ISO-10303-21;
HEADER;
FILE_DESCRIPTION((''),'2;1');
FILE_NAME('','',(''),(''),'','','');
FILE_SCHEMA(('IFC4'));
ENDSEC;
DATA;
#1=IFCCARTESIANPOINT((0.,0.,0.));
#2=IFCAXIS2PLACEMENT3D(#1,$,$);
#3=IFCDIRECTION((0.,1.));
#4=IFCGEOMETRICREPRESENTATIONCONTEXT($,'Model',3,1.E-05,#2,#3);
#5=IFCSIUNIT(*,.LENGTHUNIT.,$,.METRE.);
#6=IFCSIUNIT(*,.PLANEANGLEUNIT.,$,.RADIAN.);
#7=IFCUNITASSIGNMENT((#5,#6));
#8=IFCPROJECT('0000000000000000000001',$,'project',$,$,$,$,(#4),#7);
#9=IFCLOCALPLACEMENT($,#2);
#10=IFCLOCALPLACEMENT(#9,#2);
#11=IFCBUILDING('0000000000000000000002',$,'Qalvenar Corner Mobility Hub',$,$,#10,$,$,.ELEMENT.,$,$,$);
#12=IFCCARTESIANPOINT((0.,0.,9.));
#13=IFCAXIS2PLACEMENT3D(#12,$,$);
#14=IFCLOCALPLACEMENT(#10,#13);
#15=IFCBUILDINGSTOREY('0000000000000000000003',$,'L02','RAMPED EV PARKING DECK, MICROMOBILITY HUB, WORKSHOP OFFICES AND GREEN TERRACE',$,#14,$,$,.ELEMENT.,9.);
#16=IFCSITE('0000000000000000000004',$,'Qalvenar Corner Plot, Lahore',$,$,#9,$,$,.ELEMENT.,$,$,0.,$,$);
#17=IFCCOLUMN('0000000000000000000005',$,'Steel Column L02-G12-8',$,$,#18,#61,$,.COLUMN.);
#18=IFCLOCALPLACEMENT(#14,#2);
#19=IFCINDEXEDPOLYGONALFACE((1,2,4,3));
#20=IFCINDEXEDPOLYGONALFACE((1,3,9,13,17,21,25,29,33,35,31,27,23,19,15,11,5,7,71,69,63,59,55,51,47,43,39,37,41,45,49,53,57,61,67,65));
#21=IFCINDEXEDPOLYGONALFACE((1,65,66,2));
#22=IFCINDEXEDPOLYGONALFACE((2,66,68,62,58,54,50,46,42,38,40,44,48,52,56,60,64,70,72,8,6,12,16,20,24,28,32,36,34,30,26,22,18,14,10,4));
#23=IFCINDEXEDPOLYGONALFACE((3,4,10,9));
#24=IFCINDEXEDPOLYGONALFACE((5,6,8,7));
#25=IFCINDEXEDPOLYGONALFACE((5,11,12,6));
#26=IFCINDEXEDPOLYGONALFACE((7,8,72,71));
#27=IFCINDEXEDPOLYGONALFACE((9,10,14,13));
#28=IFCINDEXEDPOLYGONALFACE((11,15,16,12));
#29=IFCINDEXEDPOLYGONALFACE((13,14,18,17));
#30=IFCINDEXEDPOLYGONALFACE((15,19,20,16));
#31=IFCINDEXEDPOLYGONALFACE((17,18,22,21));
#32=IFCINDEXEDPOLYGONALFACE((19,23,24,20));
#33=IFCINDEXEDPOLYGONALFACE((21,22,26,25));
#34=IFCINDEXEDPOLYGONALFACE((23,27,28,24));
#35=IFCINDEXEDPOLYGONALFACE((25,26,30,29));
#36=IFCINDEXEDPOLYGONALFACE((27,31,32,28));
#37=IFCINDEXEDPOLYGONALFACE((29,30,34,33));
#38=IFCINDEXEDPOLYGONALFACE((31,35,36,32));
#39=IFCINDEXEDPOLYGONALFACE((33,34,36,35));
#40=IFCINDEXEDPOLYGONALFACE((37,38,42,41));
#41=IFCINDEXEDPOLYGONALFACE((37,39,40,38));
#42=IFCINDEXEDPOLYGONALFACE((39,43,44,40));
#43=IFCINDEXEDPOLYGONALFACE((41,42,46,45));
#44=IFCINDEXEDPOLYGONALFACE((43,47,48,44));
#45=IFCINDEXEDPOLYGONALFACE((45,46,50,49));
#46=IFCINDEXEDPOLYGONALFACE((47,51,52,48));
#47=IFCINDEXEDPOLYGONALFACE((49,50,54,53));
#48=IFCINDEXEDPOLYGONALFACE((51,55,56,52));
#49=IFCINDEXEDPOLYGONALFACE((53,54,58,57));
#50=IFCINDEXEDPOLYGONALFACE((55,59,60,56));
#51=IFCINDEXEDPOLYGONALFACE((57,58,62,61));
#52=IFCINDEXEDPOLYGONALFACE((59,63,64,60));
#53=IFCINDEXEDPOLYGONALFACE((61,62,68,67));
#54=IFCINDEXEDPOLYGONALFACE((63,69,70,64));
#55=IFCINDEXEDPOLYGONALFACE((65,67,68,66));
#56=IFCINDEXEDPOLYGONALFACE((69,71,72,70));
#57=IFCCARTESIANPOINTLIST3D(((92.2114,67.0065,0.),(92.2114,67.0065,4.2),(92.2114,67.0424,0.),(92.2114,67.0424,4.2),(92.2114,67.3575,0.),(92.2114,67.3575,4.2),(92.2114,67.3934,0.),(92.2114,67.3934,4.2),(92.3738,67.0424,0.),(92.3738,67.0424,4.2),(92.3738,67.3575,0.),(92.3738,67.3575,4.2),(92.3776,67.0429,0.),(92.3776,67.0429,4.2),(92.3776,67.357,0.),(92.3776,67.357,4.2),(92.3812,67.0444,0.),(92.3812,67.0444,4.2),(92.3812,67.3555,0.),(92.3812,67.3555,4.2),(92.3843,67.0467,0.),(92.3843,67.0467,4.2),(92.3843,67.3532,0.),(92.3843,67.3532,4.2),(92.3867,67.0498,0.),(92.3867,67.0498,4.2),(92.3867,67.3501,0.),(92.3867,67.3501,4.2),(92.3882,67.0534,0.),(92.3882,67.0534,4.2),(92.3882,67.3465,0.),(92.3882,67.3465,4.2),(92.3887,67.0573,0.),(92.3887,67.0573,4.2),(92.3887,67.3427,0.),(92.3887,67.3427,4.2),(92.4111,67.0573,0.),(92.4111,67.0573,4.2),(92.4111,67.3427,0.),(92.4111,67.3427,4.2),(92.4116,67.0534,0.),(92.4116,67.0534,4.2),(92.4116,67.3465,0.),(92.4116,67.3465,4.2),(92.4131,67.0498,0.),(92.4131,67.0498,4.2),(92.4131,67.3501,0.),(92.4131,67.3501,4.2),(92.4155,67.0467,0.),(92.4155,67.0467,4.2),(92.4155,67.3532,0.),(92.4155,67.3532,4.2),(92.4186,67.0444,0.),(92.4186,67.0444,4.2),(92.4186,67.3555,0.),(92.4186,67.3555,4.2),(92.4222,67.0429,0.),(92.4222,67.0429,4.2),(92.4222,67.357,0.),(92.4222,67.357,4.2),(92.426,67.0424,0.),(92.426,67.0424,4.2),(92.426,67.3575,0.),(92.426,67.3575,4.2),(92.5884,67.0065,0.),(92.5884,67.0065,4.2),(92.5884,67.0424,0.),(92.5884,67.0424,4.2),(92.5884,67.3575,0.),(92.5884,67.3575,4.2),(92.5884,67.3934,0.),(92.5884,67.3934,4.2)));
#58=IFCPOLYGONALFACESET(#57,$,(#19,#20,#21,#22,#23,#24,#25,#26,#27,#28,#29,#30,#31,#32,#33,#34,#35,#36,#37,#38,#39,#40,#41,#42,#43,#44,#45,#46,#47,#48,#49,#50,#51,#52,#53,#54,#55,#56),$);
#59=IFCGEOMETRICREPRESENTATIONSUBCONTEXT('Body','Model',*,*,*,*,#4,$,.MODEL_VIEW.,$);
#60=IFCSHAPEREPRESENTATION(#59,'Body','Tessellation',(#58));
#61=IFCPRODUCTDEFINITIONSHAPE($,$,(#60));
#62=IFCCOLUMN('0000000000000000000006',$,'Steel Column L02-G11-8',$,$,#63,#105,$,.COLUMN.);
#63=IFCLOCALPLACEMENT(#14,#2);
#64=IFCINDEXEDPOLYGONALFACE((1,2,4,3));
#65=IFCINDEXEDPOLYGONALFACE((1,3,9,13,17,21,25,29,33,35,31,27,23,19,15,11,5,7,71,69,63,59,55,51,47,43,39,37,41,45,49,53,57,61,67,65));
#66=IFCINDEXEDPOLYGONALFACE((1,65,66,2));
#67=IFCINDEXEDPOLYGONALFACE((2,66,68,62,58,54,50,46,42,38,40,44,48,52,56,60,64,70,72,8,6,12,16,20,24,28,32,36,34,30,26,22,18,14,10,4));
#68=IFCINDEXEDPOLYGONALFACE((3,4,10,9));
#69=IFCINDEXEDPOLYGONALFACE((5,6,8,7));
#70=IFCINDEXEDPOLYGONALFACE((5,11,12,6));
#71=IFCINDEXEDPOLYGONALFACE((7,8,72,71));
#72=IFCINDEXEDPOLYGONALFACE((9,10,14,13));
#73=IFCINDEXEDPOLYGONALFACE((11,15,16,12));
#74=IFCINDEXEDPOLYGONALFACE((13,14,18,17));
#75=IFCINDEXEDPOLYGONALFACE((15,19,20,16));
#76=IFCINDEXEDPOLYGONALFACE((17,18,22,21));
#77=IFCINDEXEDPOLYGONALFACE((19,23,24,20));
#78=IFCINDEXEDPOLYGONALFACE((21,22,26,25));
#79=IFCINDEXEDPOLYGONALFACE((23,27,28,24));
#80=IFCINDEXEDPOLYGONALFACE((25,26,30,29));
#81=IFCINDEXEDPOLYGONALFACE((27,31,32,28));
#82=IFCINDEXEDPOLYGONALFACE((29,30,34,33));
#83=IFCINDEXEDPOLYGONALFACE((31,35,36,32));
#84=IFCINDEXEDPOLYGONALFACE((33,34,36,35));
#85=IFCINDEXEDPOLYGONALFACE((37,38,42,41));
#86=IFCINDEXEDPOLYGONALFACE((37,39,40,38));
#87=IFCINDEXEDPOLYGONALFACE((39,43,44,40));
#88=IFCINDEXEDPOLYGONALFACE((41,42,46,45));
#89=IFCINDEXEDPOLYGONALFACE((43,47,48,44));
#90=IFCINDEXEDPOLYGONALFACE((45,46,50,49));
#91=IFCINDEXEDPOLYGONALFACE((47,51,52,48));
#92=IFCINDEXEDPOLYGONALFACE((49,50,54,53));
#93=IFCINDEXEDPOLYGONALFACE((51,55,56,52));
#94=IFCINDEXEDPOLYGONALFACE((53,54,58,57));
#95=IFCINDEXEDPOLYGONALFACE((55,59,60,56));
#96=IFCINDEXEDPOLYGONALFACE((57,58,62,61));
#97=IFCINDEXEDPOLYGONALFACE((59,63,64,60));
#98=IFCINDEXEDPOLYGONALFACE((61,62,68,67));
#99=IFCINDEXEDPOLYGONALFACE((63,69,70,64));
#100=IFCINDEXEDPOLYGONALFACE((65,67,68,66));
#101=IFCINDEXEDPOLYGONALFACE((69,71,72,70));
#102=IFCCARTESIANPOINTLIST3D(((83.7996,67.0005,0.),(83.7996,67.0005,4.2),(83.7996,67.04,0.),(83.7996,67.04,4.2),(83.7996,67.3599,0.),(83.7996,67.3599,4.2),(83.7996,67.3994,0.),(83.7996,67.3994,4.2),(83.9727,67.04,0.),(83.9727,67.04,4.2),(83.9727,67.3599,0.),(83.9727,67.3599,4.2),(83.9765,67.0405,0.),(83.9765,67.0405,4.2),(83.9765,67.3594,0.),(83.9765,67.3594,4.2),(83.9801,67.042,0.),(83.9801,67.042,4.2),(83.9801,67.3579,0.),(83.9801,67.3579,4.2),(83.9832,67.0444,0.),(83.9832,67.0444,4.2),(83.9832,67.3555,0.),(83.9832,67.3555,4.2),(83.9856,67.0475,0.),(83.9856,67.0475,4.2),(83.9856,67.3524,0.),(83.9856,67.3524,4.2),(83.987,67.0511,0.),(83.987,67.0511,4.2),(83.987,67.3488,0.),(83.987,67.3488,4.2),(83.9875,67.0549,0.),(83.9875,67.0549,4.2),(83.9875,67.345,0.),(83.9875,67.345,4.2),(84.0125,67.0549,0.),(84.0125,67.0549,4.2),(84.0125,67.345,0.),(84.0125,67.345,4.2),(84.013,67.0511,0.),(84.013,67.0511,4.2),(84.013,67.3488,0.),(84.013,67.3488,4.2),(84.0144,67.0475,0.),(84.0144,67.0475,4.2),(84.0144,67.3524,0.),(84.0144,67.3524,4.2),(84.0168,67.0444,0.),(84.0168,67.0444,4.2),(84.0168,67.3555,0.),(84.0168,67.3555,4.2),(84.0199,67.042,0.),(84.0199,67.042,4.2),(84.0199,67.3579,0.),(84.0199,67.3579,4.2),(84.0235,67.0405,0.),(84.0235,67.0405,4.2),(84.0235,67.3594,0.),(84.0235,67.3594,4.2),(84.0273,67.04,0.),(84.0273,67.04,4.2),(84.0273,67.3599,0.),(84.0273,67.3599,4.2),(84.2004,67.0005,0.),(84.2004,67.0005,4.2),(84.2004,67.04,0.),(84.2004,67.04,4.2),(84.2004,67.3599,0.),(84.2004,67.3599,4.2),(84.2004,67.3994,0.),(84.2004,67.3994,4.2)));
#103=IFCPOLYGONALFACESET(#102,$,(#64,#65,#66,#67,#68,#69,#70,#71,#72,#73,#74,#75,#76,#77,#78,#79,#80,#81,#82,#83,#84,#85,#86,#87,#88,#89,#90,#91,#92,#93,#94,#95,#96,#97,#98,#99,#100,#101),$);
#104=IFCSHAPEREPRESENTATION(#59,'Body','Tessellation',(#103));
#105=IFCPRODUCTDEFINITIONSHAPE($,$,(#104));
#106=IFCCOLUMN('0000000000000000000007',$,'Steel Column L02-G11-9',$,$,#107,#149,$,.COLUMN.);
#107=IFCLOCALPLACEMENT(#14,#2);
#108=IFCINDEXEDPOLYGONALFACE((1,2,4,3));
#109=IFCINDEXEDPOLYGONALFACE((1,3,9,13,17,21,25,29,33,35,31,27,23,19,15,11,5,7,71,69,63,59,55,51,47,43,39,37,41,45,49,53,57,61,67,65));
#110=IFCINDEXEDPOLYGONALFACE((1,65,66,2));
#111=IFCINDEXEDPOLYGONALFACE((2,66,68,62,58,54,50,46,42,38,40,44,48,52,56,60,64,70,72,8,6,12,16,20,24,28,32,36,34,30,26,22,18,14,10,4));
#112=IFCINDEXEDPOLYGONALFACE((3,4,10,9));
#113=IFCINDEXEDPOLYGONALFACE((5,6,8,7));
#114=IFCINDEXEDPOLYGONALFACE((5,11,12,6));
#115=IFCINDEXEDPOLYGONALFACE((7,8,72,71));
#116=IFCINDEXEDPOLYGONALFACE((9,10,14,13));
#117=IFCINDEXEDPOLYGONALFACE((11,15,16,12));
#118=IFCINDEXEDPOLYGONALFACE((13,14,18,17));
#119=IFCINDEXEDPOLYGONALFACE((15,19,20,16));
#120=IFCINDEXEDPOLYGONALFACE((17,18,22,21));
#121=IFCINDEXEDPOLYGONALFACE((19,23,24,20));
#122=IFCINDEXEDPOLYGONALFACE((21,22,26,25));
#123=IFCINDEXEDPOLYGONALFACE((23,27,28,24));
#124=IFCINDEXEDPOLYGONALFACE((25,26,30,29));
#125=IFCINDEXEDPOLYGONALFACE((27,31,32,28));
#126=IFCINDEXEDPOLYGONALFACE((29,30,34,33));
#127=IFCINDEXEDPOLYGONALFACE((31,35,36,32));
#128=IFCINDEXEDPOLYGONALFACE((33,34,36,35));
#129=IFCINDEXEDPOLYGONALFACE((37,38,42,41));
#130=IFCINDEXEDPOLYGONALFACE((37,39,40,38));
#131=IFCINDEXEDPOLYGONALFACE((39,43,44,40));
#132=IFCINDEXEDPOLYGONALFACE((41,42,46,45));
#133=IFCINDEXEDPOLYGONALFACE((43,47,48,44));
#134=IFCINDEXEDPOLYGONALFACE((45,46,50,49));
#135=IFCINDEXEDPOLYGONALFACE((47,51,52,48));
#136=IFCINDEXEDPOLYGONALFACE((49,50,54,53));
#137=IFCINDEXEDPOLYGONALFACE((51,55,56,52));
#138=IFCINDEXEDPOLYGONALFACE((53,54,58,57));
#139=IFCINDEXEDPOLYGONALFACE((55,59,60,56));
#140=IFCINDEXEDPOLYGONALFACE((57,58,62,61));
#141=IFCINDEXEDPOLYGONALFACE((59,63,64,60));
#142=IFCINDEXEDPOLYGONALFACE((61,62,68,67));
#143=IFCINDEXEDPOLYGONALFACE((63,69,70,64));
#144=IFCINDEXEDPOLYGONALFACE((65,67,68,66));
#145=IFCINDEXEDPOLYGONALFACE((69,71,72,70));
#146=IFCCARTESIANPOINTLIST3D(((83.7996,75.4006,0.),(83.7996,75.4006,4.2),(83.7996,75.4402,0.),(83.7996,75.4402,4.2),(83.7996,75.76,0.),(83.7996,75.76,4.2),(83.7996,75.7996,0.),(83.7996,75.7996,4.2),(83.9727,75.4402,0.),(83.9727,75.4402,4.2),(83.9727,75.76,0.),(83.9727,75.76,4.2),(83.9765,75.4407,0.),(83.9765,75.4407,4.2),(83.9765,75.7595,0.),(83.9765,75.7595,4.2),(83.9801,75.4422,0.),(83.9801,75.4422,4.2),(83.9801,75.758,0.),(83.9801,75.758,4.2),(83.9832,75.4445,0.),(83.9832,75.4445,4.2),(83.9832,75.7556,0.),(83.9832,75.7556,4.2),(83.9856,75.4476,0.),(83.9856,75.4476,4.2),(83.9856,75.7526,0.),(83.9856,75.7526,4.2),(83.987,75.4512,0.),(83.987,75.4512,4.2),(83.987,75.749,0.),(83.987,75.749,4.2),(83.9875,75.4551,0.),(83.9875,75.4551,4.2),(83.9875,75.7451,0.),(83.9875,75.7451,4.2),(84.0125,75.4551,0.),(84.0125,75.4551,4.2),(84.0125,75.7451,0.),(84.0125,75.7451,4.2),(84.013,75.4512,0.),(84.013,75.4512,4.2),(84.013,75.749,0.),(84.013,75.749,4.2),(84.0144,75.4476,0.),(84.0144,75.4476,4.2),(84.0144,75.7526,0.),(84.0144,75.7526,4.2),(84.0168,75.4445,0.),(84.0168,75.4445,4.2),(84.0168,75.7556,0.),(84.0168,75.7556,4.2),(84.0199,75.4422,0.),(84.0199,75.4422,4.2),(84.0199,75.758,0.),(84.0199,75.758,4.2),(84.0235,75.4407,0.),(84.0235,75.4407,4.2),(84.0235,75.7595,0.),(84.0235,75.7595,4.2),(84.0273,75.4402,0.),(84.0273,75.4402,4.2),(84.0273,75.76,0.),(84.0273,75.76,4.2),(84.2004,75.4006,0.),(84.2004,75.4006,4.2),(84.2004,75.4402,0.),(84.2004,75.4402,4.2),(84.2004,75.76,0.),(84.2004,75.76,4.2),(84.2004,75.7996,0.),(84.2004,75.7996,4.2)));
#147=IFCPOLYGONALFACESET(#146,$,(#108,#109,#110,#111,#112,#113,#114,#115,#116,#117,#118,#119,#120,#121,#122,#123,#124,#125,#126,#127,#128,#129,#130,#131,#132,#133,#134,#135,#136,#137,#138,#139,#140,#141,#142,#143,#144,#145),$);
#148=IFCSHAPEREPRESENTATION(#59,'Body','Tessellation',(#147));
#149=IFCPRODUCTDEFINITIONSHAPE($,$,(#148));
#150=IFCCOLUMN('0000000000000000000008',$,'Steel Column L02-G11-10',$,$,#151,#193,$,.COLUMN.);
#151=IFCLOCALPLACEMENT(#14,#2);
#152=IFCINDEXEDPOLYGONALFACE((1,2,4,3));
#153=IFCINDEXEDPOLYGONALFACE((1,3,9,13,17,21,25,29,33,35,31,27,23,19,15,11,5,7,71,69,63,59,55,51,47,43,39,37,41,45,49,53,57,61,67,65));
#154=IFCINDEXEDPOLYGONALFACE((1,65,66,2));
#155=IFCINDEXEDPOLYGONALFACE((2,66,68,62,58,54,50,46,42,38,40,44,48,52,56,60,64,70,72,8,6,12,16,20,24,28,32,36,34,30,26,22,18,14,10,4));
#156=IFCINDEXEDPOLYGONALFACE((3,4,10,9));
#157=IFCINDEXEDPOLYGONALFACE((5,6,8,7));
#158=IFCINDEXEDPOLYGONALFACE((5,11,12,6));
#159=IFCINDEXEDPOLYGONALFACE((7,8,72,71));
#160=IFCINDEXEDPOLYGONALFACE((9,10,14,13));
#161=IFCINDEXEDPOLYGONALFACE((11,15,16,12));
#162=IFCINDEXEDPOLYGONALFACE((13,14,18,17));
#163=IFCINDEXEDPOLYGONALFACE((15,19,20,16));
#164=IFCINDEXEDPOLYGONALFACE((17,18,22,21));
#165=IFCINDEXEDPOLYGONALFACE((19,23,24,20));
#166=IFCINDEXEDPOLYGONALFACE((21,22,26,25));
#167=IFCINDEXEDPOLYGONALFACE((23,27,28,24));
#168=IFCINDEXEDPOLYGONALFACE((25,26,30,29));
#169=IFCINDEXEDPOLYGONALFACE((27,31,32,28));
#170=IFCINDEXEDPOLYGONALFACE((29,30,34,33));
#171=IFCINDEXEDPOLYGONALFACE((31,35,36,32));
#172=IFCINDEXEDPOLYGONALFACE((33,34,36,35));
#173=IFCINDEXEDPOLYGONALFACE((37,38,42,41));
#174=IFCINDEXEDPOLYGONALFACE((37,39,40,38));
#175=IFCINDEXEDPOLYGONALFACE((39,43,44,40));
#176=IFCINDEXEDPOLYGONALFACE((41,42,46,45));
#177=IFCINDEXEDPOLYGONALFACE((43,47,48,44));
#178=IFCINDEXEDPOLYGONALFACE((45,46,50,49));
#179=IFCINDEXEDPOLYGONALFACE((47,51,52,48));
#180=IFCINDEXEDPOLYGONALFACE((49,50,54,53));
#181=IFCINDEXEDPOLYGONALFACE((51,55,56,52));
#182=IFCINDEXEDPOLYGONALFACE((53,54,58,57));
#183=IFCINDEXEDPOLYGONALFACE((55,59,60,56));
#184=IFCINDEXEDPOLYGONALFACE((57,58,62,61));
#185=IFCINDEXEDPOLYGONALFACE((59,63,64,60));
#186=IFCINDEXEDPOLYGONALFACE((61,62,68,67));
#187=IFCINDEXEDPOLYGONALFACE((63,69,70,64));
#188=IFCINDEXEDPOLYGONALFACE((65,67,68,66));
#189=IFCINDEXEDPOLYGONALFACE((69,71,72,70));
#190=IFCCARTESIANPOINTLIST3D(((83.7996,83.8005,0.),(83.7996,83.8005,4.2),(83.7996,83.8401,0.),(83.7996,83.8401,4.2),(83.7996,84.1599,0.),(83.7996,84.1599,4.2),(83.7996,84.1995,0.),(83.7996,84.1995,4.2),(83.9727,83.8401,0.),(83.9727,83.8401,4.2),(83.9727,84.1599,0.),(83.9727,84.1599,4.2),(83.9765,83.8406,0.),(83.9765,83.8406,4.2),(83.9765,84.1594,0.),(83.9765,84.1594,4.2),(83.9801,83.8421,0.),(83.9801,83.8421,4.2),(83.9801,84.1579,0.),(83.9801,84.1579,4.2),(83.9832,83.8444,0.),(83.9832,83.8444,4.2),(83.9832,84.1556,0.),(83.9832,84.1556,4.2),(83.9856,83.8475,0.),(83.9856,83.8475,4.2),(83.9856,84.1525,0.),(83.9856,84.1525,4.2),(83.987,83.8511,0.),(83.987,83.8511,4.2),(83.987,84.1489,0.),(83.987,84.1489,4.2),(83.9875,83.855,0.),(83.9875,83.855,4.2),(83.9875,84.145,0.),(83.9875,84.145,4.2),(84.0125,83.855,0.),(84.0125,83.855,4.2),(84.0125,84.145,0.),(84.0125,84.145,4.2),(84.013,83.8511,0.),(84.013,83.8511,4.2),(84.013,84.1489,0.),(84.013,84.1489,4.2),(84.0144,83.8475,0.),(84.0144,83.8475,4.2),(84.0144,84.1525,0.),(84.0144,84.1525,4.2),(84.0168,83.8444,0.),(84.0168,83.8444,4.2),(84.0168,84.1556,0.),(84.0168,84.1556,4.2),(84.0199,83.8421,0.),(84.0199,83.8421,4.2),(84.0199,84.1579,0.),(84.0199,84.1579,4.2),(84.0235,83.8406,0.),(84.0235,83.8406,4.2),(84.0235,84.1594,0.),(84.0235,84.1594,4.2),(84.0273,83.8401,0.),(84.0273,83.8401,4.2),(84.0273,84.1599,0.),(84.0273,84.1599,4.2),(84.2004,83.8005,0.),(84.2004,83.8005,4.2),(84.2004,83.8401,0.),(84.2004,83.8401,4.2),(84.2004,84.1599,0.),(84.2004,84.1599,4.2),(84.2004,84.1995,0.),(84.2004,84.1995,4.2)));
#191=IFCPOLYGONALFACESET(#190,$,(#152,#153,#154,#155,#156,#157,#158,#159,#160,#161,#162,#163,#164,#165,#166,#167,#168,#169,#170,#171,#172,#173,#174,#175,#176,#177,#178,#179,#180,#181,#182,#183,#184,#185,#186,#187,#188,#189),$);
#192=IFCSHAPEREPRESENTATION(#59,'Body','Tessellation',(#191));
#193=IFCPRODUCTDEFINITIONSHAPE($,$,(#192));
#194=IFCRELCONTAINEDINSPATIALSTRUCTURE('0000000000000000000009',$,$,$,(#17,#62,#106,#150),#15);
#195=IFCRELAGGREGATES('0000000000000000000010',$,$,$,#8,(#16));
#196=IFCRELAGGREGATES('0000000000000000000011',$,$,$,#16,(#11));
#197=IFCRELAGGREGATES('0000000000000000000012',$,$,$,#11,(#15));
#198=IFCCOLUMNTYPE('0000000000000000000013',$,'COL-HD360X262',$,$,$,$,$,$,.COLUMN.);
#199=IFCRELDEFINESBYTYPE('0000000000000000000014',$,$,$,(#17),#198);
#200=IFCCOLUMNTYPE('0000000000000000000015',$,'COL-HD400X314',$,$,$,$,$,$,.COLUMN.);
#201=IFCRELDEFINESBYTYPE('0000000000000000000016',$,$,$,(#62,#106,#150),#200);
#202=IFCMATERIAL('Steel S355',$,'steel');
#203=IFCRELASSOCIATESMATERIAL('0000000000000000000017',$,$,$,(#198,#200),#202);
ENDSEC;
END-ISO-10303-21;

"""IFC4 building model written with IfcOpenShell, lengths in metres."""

from ifc_helpers import new_model, si_unit, direction, frame, origin, origin_2d, place, context, subcontext, project, spatial, i_section, extrude, material, material_profile, profile_set, type_object, element, save


model = new_model("IFC4")

# Units and contexts
model_context = context("Model", 3, precision=1e-05, world=origin(), true_north=direction((0.0, 1.0)))
body_context = subcontext(model_context, "Body", "Model", "MODEL_VIEW")
ifc_project = project(units=[si_unit("LENGTHUNIT", "METRE"), si_unit("PLANEANGLEUNIT", "RADIAN")], contexts=[model_context])

# Site, building, storey
site_placement = place(None, origin())
site = spatial("IfcSite", under=ifc_project, at=site_placement, Name="Qalvenar Corner Plot, Lahore", CompositionType="ELEMENT", RefElevation=0.0)
building_placement = place(site_placement, origin())
building = spatial("IfcBuilding", under=site, at=building_placement, Name="Qalvenar Corner Mobility Hub", CompositionType="ELEMENT")
storey_placement = place(building_placement, frame((0.0, 0.0, 9.0)))
storey = spatial("IfcBuildingStorey", under=building, at=storey_placement, Name="L02", Description="RAMPED EV PARKING DECK, MICROMOBILITY HUB, WORKSHOP OFFICES AND GREEN TERRACE", CompositionType="ELEMENT", Elevation=9.0)

# Columns
ifc_material_1 = material(Name="Steel S355", Category="steel")
ifc_material_profile_1 = material_profile(ifc_material_1, i_section(OverallWidth=0.377, OverallDepth=0.387, WebThickness=0.0225, FlangeThickness=0.0359, FilletRadius=0.0149, at=origin_2d()), Name="HD360x262")
ifc_profile_set_1 = profile_set([ifc_material_profile_1], Name="Steel S355")
column_type_1 = type_object("IfcColumnType", Name="COL-HD360X262", PredefinedType="COLUMN", material=ifc_profile_set_1)
column_placement = place(storey_placement, frame((92.3999, 67.2, 0.0), z_axis=(0.0, 0.0, 1.0), x_axis=(1.0, 0.0, 0.0)))
element("IfcColumn", 1, at=column_placement, inside=storey, type_object=column_type_1, Name="Steel Column L02-G12-8", PredefinedType="COLUMN", context=body_context, shape_type="SweptSolid", body=[
    extrude(i_section(OverallWidth=0.377, OverallDepth=0.387, WebThickness=0.0225, FlangeThickness=0.0359, FilletRadius=0.0149, at=origin_2d()), origin(), (0.0, 0.0, 1.0), 4.2),
])
ifc_material_profile_2 = material_profile(ifc_material_1, i_section(OverallWidth=0.4009, OverallDepth=0.3989, WebThickness=0.0249, FlangeThickness=0.0396, FilletRadius=0.0149, at=origin_2d()), Name="HD400x314")
ifc_profile_set_2 = profile_set([ifc_material_profile_2], Name="Steel S355")
column_type_2 = type_object("IfcColumnType", Name="COL-HD400X314", PredefinedType="COLUMN", material=ifc_profile_set_2)
for number, where, z_axis, x_axis, name in (
    (2, (84.0, 67.2, 0.0), (0.0, 0.0, 1.0), (1.0, 0.0, 0.0), "Steel Column L02-G11-8"),
    (3, (84.0, 75.6001, 0.0), (0.0, 0.0, 1.0), (1.0, 0.0, 0.0), "Steel Column L02-G11-9"),
    (4, (84.0, 84.0, 0.0), (0.0, 0.0, 1.0), (1.0, 0.0, 0.0), "Steel Column L02-G11-10"),
):
    element("IfcColumn", number, at=place(storey_placement, frame(where, z_axis=z_axis, x_axis=x_axis)), inside=storey, type_object=column_type_2, Name=name, PredefinedType="COLUMN", context=body_context, shape_type="SweptSolid", body=[
        extrude(i_section(OverallWidth=0.4009, OverallDepth=0.3989, WebThickness=0.0249, FlangeThickness=0.0396, FilletRadius=0.0149, at=origin_2d()), origin(), (0.0, 0.0, 1.0), 4.2),
    ])

save(model, "model.ifc")
